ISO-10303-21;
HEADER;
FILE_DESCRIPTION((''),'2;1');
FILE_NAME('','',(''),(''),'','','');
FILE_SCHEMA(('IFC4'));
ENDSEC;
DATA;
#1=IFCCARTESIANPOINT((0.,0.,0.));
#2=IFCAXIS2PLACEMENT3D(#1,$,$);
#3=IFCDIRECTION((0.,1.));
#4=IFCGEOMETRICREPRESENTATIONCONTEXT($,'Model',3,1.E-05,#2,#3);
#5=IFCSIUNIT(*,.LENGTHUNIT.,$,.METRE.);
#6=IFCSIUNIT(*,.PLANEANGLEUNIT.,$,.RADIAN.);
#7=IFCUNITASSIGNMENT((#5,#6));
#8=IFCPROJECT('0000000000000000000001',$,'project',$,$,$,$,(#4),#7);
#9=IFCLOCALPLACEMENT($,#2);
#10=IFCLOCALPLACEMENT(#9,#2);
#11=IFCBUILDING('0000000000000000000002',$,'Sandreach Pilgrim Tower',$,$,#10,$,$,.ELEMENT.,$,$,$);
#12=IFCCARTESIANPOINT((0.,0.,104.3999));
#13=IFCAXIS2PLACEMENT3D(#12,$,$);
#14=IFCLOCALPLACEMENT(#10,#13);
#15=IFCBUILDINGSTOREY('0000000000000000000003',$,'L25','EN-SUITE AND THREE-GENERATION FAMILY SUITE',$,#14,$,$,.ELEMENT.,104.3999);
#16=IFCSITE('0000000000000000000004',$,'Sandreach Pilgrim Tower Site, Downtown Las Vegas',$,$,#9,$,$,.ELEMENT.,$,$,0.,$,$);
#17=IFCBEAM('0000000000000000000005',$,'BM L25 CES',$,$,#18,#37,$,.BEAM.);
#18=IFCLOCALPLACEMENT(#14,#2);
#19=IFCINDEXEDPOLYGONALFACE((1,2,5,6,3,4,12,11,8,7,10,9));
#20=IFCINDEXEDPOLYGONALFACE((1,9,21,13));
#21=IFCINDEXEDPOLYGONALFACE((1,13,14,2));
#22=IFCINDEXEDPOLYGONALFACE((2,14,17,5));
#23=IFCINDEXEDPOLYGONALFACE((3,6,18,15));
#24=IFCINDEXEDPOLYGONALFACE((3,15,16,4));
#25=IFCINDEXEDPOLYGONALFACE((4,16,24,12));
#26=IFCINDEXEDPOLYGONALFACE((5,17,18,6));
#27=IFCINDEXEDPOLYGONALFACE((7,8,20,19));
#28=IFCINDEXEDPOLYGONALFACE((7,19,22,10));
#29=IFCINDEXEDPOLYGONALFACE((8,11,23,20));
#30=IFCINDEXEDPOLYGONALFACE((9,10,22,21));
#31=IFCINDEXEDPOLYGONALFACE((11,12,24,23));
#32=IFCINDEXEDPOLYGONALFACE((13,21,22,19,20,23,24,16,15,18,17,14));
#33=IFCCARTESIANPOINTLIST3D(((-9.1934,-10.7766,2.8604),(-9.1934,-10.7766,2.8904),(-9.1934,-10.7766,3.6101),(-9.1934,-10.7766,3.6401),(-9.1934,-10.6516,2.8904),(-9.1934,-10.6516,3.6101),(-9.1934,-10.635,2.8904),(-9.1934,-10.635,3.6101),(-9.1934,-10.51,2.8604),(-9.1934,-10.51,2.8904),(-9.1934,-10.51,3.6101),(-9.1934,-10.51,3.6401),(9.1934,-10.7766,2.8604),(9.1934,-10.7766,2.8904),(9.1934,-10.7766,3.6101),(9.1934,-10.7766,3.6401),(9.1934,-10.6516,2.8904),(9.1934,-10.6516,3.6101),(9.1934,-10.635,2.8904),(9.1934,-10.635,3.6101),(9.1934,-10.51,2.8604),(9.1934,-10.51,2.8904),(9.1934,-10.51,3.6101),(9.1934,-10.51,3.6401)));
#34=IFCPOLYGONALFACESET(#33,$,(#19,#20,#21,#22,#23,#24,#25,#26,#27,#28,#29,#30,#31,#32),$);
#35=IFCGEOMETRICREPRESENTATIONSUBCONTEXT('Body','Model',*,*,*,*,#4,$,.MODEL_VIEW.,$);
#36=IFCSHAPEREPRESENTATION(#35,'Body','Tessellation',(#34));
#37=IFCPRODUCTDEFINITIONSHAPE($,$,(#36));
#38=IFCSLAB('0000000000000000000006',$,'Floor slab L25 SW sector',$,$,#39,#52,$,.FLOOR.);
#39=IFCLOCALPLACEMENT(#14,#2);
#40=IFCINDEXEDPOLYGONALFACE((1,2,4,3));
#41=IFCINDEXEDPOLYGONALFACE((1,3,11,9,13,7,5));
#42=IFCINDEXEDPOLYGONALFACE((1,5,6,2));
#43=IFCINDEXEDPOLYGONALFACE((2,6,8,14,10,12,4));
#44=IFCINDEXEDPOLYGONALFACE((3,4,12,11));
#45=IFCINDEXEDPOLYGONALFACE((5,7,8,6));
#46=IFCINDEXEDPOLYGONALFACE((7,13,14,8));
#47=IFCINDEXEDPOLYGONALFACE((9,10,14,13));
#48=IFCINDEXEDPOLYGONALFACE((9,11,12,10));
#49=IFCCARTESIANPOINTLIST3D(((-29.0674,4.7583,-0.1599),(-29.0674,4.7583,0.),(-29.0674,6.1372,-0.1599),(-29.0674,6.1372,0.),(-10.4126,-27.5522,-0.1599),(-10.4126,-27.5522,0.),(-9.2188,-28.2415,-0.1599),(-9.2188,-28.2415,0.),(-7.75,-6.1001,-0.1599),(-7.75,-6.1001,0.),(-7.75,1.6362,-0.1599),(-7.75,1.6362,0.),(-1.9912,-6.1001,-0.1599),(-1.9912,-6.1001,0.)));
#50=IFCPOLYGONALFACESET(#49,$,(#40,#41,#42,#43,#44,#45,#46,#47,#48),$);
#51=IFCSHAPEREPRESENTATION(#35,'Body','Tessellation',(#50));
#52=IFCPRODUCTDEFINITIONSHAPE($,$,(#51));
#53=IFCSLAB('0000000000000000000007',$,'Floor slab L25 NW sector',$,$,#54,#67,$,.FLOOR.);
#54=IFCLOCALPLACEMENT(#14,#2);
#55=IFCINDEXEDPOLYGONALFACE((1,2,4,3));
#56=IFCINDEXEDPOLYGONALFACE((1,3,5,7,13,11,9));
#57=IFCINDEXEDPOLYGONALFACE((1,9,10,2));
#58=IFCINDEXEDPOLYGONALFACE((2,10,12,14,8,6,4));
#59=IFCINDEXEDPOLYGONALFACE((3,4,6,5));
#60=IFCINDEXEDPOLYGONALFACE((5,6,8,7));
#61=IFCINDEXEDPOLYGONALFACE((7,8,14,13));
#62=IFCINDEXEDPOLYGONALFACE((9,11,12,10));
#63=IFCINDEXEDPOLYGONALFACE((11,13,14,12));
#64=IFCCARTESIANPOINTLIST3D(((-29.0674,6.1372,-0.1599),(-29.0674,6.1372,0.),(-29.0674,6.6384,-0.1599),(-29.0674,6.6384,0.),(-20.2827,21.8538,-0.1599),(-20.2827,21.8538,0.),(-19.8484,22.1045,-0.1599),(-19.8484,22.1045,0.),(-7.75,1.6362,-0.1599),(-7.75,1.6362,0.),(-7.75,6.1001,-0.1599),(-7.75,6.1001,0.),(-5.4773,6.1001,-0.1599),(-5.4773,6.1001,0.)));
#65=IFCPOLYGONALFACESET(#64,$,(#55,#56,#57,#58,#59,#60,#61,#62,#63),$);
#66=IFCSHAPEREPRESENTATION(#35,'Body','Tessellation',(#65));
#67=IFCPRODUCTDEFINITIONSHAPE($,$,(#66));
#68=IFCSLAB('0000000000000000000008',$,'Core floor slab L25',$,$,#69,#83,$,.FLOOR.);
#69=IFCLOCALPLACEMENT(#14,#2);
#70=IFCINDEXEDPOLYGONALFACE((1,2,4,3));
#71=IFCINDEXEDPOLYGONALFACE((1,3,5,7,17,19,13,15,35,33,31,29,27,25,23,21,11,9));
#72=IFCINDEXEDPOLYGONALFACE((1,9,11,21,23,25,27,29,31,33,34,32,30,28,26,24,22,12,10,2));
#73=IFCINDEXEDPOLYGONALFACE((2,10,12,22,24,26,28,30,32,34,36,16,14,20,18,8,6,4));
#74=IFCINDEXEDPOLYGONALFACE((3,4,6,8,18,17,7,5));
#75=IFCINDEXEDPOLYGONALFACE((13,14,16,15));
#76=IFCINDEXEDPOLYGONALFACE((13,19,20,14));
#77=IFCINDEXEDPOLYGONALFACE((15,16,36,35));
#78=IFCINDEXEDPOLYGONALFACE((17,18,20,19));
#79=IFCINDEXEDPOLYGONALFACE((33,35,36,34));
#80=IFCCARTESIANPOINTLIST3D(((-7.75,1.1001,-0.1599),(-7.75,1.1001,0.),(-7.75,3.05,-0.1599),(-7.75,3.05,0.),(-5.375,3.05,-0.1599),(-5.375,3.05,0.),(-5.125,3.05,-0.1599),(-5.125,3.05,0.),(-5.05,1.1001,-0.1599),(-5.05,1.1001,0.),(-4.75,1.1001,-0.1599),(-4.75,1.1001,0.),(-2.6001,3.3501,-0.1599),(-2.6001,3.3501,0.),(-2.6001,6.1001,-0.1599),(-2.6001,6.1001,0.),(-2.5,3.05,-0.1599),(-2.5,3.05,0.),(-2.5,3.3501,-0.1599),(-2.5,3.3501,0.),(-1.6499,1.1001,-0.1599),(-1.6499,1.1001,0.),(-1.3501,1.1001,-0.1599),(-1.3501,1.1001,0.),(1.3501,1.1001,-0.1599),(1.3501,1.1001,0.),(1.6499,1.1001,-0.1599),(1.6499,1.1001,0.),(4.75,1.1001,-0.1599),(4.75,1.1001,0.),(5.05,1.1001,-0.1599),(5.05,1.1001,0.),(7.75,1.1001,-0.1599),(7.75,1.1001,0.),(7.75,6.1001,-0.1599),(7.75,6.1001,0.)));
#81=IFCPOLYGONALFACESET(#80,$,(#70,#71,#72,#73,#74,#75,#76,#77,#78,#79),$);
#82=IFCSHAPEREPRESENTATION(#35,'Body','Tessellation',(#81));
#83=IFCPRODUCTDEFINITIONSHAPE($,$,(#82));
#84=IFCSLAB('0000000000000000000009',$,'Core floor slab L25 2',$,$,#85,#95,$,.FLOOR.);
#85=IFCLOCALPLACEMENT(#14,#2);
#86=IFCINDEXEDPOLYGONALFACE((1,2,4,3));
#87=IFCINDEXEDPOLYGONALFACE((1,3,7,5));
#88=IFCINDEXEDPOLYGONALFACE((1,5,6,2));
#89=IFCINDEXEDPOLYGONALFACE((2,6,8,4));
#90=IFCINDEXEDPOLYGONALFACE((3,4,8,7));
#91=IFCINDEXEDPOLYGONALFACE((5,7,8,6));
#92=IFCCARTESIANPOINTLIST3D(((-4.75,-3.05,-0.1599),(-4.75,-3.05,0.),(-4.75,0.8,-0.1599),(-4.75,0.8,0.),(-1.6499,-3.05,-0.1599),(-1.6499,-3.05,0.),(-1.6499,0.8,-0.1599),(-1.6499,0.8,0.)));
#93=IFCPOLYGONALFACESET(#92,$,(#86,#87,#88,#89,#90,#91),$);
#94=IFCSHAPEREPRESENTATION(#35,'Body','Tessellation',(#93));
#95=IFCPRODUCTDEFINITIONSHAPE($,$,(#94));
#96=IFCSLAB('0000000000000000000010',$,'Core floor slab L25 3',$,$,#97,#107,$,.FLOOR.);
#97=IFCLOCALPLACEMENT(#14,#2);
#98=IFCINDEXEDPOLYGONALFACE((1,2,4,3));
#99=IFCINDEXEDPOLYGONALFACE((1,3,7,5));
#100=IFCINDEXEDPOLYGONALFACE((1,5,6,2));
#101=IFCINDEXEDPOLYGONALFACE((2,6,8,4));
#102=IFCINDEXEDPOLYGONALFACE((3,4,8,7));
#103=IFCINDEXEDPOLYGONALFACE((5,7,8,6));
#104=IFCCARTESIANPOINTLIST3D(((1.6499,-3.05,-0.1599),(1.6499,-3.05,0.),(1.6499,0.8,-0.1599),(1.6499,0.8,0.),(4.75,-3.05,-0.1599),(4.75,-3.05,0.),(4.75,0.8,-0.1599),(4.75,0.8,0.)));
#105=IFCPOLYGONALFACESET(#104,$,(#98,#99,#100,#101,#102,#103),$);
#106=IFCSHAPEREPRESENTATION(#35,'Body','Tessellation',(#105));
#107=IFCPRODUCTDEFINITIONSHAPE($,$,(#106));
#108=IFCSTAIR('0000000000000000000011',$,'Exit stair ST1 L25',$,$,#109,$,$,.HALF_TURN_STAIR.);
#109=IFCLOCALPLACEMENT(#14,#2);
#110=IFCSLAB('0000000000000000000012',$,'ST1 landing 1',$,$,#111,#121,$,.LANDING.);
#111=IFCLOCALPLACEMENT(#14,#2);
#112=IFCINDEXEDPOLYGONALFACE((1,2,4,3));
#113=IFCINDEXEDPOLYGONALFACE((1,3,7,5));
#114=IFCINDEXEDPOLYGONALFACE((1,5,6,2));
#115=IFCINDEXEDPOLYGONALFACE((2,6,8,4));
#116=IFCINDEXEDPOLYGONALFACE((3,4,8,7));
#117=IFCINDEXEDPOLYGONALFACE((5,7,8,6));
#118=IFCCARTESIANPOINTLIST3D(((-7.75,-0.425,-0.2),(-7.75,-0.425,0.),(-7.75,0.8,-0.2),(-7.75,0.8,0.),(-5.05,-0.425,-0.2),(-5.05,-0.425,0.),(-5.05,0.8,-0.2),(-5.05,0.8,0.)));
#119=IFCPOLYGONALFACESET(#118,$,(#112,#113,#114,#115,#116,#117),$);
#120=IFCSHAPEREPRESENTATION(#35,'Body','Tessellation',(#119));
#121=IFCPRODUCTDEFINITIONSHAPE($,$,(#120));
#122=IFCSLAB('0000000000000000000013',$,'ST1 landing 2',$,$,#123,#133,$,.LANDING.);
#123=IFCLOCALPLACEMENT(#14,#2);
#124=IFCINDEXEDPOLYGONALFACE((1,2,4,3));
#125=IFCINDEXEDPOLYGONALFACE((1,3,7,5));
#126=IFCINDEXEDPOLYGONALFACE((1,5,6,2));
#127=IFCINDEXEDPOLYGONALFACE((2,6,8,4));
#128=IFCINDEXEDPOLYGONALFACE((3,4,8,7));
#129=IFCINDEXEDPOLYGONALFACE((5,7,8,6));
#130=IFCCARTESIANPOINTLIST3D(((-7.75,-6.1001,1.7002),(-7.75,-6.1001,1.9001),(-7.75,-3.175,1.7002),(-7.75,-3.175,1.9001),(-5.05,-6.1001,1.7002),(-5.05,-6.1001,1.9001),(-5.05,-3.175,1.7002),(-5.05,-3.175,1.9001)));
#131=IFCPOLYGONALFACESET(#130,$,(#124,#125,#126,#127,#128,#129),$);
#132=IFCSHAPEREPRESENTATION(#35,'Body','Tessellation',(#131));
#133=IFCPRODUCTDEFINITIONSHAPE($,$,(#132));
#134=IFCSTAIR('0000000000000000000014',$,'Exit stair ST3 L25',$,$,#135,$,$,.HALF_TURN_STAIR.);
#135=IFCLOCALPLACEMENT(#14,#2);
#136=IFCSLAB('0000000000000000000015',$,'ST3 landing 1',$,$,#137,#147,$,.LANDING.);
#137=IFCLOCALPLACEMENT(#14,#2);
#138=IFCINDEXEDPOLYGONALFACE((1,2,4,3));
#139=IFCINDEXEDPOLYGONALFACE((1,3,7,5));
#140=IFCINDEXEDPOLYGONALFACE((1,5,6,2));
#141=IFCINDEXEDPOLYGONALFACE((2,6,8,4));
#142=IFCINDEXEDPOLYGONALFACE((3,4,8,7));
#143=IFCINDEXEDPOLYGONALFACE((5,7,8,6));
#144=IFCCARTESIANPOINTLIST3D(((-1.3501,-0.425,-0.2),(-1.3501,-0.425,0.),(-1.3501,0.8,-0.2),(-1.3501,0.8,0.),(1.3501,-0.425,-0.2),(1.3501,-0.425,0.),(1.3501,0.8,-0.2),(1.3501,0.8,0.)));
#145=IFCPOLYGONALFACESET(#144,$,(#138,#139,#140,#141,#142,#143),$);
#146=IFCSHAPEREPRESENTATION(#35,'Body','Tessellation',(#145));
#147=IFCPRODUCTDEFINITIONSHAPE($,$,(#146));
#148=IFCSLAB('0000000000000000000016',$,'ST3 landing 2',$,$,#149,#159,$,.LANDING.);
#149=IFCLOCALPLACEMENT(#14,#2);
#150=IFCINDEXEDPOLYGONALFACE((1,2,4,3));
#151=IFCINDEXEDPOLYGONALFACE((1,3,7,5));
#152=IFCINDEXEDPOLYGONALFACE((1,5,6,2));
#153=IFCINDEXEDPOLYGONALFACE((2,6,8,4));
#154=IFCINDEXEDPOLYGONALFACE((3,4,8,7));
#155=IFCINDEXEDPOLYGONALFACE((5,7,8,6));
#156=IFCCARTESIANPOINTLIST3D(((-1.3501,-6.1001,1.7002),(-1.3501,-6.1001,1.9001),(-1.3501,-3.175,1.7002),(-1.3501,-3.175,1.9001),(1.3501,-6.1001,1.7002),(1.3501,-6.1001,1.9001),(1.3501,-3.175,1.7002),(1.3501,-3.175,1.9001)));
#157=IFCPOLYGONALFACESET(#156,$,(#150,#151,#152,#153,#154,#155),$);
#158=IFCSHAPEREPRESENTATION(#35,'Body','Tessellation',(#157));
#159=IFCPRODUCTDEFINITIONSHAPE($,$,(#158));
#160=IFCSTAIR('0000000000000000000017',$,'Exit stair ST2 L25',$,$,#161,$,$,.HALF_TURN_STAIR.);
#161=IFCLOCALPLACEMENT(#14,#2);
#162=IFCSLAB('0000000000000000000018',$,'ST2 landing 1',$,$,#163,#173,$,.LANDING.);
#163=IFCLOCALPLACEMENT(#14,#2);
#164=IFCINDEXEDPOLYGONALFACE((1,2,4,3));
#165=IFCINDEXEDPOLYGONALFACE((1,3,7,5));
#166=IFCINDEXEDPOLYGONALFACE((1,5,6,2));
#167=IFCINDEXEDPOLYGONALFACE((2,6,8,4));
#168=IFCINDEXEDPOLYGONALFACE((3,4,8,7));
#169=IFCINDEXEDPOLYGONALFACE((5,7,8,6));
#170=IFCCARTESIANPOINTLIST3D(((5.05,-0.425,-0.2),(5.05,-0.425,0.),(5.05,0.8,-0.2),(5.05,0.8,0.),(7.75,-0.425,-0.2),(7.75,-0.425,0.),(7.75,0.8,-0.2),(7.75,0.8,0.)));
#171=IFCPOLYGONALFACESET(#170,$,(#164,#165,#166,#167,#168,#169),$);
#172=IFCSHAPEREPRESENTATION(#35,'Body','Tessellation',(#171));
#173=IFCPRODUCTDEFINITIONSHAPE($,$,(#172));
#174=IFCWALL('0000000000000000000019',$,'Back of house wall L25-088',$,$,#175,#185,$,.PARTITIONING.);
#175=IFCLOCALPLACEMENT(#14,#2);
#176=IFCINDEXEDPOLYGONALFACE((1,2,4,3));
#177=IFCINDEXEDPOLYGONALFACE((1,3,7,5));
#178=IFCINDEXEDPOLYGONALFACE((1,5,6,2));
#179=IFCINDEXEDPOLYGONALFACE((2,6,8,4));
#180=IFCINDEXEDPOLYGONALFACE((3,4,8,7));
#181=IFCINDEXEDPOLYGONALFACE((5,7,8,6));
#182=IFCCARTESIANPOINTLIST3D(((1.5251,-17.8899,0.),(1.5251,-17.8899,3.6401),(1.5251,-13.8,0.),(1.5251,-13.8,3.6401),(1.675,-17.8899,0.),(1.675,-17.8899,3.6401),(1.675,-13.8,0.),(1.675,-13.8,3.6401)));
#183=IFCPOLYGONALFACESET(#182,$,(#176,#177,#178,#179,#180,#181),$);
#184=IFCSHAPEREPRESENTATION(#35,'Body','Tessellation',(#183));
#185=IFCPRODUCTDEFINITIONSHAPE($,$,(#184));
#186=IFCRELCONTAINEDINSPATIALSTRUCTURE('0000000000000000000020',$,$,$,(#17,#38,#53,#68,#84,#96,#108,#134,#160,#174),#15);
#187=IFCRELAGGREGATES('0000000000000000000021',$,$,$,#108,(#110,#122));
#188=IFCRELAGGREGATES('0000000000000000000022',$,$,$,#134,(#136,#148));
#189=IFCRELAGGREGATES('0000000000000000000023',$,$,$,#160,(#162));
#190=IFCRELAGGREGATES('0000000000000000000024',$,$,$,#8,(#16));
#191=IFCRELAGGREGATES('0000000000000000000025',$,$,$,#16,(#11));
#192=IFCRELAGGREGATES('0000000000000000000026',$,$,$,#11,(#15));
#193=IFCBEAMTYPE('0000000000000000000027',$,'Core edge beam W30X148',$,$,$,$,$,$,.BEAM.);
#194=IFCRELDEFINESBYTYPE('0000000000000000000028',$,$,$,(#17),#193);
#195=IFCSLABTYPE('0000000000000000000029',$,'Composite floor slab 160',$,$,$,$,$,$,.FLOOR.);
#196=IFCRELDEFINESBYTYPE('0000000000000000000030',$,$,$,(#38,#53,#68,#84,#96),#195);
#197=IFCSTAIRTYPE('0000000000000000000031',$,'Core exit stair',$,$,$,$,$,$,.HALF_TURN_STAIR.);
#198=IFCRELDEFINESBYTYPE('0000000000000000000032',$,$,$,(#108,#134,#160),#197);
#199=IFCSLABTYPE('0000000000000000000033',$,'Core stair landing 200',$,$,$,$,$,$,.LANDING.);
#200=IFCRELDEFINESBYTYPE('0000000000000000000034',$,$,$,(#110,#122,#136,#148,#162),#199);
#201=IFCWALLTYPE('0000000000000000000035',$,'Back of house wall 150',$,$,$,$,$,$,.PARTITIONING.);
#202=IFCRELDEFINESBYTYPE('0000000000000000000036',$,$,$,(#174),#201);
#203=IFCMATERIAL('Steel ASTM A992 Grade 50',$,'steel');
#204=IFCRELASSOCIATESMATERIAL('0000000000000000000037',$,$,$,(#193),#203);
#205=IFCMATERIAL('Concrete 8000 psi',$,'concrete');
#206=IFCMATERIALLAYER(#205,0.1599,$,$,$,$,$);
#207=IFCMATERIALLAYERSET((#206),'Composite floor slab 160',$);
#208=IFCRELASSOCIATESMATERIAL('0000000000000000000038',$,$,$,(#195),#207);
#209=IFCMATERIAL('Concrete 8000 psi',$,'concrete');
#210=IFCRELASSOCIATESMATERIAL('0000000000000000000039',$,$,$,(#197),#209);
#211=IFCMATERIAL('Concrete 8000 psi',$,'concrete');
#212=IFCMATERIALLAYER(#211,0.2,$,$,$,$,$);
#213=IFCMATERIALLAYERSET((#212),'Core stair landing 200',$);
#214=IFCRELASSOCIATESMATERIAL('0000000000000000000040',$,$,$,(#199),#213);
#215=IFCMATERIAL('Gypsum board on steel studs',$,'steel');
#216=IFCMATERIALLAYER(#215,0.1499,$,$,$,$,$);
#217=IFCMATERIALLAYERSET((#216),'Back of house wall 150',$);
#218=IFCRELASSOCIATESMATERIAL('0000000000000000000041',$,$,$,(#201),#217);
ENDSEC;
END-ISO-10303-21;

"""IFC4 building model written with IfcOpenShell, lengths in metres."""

from ifc_helpers import new_model, si_unit, direction, frame, frame_2d, origin, origin_2d, place, context, subcontext, project, spatial, polyline, rectangle, i_section, outline, extrude, material, layer, layer_set, material_profile, profile_set, type_object, element, aggregate, save


model = new_model("IFC4")

# Units and contexts
model_context = context("Model", 3, precision=1e-05, world=origin(), true_north=direction((0.0, 1.0)))
body_context = subcontext(model_context, "Body", "Model", "MODEL_VIEW")
ifc_project = project(units=[si_unit("LENGTHUNIT", "METRE"), si_unit("PLANEANGLEUNIT", "RADIAN")], contexts=[model_context])

# Site, building, storey
site_placement = place(None, origin())
site = spatial("IfcSite", under=ifc_project, at=site_placement, Name="Sandreach Pilgrim Tower Site, Downtown Las Vegas", CompositionType="ELEMENT", RefElevation=0.0)
building_placement = place(site_placement, origin())
building = spatial("IfcBuilding", under=site, at=building_placement, Name="Sandreach Pilgrim Tower", CompositionType="ELEMENT")
storey_placement = place(building_placement, frame((0.0, 0.0, 104.3999)))
storey = spatial("IfcBuildingStorey", under=building, at=storey_placement, Name="L25", Description="EN-SUITE AND THREE-GENERATION FAMILY SUITE", CompositionType="ELEMENT", Elevation=104.3999)

# Beam
ifc_material_1 = material(Name="Steel ASTM A992 Grade 50", Category="steel")
ifc_material_profile = material_profile(ifc_material_1, i_section(OverallWidth=0.2666, OverallDepth=0.7798, WebThickness=0.0166, FlangeThickness=0.03, at=origin_2d()), Name="W30X148")
ifc_profile_set = profile_set([ifc_material_profile], Name="Steel ASTM A992 Grade 50")
beam_type = type_object("IfcBeamType", Name="Core edge beam W30X148", PredefinedType="BEAM", material=ifc_profile_set)
beam_placement = place(storey_placement, frame((9.1934, -10.6433, 3.2502), z_axis=(-1.0, 0.0, 0.0), x_axis=(0.0, -1.0, 0.0)))
element("IfcBeam", 1, at=beam_placement, inside=storey, type_object=beam_type, Name="BM L25 CES", PredefinedType="BEAM", context=body_context, shape_type="SweptSolid", body=[
    extrude(i_section(OverallWidth=0.2666, OverallDepth=0.7798, WebThickness=0.0166, FlangeThickness=0.03, at=origin_2d()), origin(), (0.0, 0.0, 1.0), 18.3867),
])

# Slabs
ifc_material_2 = material(Name="Concrete 8000 psi", Category="concrete")
ifc_layer_1 = layer(ifc_material_2, 0.1599)
ifc_layer_set_1 = layer_set([ifc_layer_1], Name="Composite floor slab 160")
slab_type_1 = type_object("IfcSlabType", Name="Composite floor slab 160", PredefinedType="FLOOR", material=ifc_layer_set_1)
slab_1_placement = place(storey_placement, frame((0.0, 0.0, -0.1599)))
element("IfcSlab", 2, at=slab_1_placement, inside=storey, type_object=slab_type_1, Name="Floor slab L25 SW sector", PredefinedType="FLOOR", context=body_context, shape_type="SweptSolid", body=[
    extrude(outline(polyline([(-10.4126, -27.5522), (-29.0674, 4.7583), (-29.0674, 6.1372), (-7.75, 1.6362), (-7.75, -6.1001), (-1.9912, -6.1001), (-9.2188, -28.2415), (-10.4126, -27.5522)])), origin(), (0.0, 0.0, 1.0), 0.1599),
])
slab_2_placement = place(storey_placement, frame((0.0, 0.0, -0.1599)))
element("IfcSlab", 3, at=slab_2_placement, inside=storey, type_object=slab_type_1, Name="Floor slab L25 NW sector", PredefinedType="FLOOR", context=body_context, shape_type="SweptSolid", body=[
    extrude(outline(polyline([(-29.0674, 6.6384), (-20.2827, 21.8538), (-19.8484, 22.1045), (-5.4773, 6.1001), (-7.75, 6.1001), (-7.75, 1.6362), (-29.0674, 6.1372), (-29.0674, 6.6384)])), origin(), (0.0, 0.0, 1.0), 0.1599),
])
slab_3_placement = place(storey_placement, frame((0.0, 0.0, -0.1599)))
element("IfcSlab", 4, at=slab_3_placement, inside=storey, type_object=slab_type_1, Name="Core floor slab L25", PredefinedType="FLOOR", context=body_context, shape_type="SweptSolid", body=[
    extrude(outline(polyline([(-7.75, 3.05), (-5.375, 3.05), (-5.125, 3.05), (-2.5, 3.05), (-2.5, 3.3501), (-2.6001, 3.3501), (-2.6001, 6.1001), (7.75, 6.1001), (7.75, 1.1001), (5.05, 1.1001), (4.75, 1.1001), (1.6499, 1.1001), (1.3501, 1.1001), (-1.3501, 1.1001), (-1.6499, 1.1001), (-4.75, 1.1001), (-5.05, 1.1001), (-7.75, 1.1001), (-7.75, 3.05)])), origin(), (0.0, 0.0, 1.0), 0.1599),
])
slab_4_placement = place(storey_placement, frame((0.0, 0.0, -0.1599)))
element("IfcSlab", 5, at=slab_4_placement, inside=storey, type_object=slab_type_1, Name="Core floor slab L25 2", PredefinedType="FLOOR", context=body_context, shape_type="SweptSolid", body=[
    extrude(outline(polyline([(-1.6499, -3.05), (-4.75, -3.05), (-4.75, 0.8), (-1.6499, 0.8), (-1.6499, -3.05)])), origin(), (0.0, 0.0, 1.0), 0.1599),
])
slab_5_placement = place(storey_placement, frame((0.0, 0.0, -0.1599)))
element("IfcSlab", 6, at=slab_5_placement, inside=storey, type_object=slab_type_1, Name="Core floor slab L25 3", PredefinedType="FLOOR", context=body_context, shape_type="SweptSolid", body=[
    extrude(outline(polyline([(4.75, -3.05), (1.6499, -3.05), (1.6499, 0.8), (4.75, 0.8), (4.75, -3.05)])), origin(), (0.0, 0.0, 1.0), 0.1599),
])

# Stairs, slabs
ifc_material_3 = material(Name="Concrete 8000 psi", Category="concrete")
stair_type = type_object("IfcStairType", Name="Core exit stair", PredefinedType="HALF_TURN_STAIR", material=ifc_material_3)
stair_1_placement = place(storey_placement, origin())
stair_1 = element("IfcStair", 7, at=stair_1_placement, inside=storey, type_object=stair_type, Name="Exit stair ST1 L25", PredefinedType="HALF_TURN_STAIR")
ifc_material_4 = material(Name="Concrete 8000 psi", Category="concrete")
ifc_layer_2 = layer(ifc_material_4, 0.2)
ifc_layer_set_2 = layer_set([ifc_layer_2], Name="Core stair landing 200")
slab_type_2 = type_object("IfcSlabType", Name="Core stair landing 200", PredefinedType="LANDING", material=ifc_layer_set_2)
slab_6_placement = place(storey_placement, frame((0.0, 0.0, -0.2)))
slab_6 = element("IfcSlab", 8, at=slab_6_placement, type_object=slab_type_2, Name="ST1 landing 1", PredefinedType="LANDING", context=body_context, shape_type="SweptSolid", body=[
    extrude(outline(polyline([(-7.75, -0.425), (-5.05, -0.425), (-5.05, 0.8), (-7.75, 0.8), (-7.75, -0.425)])), origin(), (0.0, 0.0, 1.0), 0.2),
])
slab_7_placement = place(storey_placement, frame((0.0, 0.0, 1.7002)))
slab_7 = element("IfcSlab", 9, at=slab_7_placement, type_object=slab_type_2, Name="ST1 landing 2", PredefinedType="LANDING", context=body_context, shape_type="SweptSolid", body=[
    extrude(outline(polyline([(-7.75, -6.1001), (-5.05, -6.1001), (-5.05, -3.175), (-7.75, -3.175), (-7.75, -6.1001)])), origin(), (0.0, 0.0, 1.0), 0.2),
])
aggregate(stair_1, [slab_6, slab_7])
stair_2_placement = place(storey_placement, origin())
stair_2 = element("IfcStair", 10, at=stair_2_placement, inside=storey, type_object=stair_type, Name="Exit stair ST3 L25", PredefinedType="HALF_TURN_STAIR")
slab_8_placement = place(storey_placement, frame((0.0, 0.0, -0.2)))
slab_8 = element("IfcSlab", 11, at=slab_8_placement, type_object=slab_type_2, Name="ST3 landing 1", PredefinedType="LANDING", context=body_context, shape_type="SweptSolid", body=[
    extrude(outline(polyline([(-1.3501, -0.425), (1.3501, -0.425), (1.3501, 0.8), (-1.3501, 0.8), (-1.3501, -0.425)])), origin(), (0.0, 0.0, 1.0), 0.2),
])
slab_9_placement = place(storey_placement, frame((0.0, 0.0, 1.7002)))
slab_9 = element("IfcSlab", 12, at=slab_9_placement, type_object=slab_type_2, Name="ST3 landing 2", PredefinedType="LANDING", context=body_context, shape_type="SweptSolid", body=[
    extrude(outline(polyline([(-1.3501, -6.1001), (1.3501, -6.1001), (1.3501, -3.175), (-1.3501, -3.175), (-1.3501, -6.1001)])), origin(), (0.0, 0.0, 1.0), 0.2),
])

# Stair, slab
stair_3_placement = place(storey_placement, origin())
stair_3 = element("IfcStair", 13, at=stair_3_placement, inside=storey, type_object=stair_type, Name="Exit stair ST2 L25", PredefinedType="HALF_TURN_STAIR")
slab_10_placement = place(storey_placement, frame((0.0, 0.0, -0.2)))
slab_10 = element("IfcSlab", 14, at=slab_10_placement, type_object=slab_type_2, Name="ST2 landing 1", PredefinedType="LANDING", context=body_context, shape_type="SweptSolid", body=[
    extrude(outline(polyline([(5.05, -0.425), (7.75, -0.425), (7.75, 0.8), (5.05, 0.8), (5.05, -0.425)])), origin(), (0.0, 0.0, 1.0), 0.2),
])

# Wall
ifc_material_5 = material(Name="Gypsum board on steel studs", Category="steel")
ifc_layer_3 = layer(ifc_material_5, 0.1499)
ifc_layer_set_3 = layer_set([ifc_layer_3], Name="Back of house wall 150")
wall_type_1 = type_object("IfcWallType", Name="Back of house wall 150", PredefinedType="PARTITIONING", material=ifc_layer_set_3)
wall_1_placement = place(storey_placement, frame((1.6001, -13.8, 0.0), z_axis=(0.0, 0.0, 1.0), x_axis=(0.0, -1.0, 0.0)))
element("IfcWall", 15, at=wall_1_placement, inside=storey, type_object=wall_type_1, Name="Back of house wall L25-088", PredefinedType="PARTITIONING", context=body_context, shape_type="SweptSolid", body=[
    extrude(rectangle(XDim=4.0898, YDim=0.1499, at=frame_2d((2.0449, 0.0))), origin(), (0.0, 0.0, 1.0), 3.6401),
])

aggregate(stair_2, [slab_8, slab_9])
aggregate(stair_3, [slab_10])

save(model, "model.ifc")
